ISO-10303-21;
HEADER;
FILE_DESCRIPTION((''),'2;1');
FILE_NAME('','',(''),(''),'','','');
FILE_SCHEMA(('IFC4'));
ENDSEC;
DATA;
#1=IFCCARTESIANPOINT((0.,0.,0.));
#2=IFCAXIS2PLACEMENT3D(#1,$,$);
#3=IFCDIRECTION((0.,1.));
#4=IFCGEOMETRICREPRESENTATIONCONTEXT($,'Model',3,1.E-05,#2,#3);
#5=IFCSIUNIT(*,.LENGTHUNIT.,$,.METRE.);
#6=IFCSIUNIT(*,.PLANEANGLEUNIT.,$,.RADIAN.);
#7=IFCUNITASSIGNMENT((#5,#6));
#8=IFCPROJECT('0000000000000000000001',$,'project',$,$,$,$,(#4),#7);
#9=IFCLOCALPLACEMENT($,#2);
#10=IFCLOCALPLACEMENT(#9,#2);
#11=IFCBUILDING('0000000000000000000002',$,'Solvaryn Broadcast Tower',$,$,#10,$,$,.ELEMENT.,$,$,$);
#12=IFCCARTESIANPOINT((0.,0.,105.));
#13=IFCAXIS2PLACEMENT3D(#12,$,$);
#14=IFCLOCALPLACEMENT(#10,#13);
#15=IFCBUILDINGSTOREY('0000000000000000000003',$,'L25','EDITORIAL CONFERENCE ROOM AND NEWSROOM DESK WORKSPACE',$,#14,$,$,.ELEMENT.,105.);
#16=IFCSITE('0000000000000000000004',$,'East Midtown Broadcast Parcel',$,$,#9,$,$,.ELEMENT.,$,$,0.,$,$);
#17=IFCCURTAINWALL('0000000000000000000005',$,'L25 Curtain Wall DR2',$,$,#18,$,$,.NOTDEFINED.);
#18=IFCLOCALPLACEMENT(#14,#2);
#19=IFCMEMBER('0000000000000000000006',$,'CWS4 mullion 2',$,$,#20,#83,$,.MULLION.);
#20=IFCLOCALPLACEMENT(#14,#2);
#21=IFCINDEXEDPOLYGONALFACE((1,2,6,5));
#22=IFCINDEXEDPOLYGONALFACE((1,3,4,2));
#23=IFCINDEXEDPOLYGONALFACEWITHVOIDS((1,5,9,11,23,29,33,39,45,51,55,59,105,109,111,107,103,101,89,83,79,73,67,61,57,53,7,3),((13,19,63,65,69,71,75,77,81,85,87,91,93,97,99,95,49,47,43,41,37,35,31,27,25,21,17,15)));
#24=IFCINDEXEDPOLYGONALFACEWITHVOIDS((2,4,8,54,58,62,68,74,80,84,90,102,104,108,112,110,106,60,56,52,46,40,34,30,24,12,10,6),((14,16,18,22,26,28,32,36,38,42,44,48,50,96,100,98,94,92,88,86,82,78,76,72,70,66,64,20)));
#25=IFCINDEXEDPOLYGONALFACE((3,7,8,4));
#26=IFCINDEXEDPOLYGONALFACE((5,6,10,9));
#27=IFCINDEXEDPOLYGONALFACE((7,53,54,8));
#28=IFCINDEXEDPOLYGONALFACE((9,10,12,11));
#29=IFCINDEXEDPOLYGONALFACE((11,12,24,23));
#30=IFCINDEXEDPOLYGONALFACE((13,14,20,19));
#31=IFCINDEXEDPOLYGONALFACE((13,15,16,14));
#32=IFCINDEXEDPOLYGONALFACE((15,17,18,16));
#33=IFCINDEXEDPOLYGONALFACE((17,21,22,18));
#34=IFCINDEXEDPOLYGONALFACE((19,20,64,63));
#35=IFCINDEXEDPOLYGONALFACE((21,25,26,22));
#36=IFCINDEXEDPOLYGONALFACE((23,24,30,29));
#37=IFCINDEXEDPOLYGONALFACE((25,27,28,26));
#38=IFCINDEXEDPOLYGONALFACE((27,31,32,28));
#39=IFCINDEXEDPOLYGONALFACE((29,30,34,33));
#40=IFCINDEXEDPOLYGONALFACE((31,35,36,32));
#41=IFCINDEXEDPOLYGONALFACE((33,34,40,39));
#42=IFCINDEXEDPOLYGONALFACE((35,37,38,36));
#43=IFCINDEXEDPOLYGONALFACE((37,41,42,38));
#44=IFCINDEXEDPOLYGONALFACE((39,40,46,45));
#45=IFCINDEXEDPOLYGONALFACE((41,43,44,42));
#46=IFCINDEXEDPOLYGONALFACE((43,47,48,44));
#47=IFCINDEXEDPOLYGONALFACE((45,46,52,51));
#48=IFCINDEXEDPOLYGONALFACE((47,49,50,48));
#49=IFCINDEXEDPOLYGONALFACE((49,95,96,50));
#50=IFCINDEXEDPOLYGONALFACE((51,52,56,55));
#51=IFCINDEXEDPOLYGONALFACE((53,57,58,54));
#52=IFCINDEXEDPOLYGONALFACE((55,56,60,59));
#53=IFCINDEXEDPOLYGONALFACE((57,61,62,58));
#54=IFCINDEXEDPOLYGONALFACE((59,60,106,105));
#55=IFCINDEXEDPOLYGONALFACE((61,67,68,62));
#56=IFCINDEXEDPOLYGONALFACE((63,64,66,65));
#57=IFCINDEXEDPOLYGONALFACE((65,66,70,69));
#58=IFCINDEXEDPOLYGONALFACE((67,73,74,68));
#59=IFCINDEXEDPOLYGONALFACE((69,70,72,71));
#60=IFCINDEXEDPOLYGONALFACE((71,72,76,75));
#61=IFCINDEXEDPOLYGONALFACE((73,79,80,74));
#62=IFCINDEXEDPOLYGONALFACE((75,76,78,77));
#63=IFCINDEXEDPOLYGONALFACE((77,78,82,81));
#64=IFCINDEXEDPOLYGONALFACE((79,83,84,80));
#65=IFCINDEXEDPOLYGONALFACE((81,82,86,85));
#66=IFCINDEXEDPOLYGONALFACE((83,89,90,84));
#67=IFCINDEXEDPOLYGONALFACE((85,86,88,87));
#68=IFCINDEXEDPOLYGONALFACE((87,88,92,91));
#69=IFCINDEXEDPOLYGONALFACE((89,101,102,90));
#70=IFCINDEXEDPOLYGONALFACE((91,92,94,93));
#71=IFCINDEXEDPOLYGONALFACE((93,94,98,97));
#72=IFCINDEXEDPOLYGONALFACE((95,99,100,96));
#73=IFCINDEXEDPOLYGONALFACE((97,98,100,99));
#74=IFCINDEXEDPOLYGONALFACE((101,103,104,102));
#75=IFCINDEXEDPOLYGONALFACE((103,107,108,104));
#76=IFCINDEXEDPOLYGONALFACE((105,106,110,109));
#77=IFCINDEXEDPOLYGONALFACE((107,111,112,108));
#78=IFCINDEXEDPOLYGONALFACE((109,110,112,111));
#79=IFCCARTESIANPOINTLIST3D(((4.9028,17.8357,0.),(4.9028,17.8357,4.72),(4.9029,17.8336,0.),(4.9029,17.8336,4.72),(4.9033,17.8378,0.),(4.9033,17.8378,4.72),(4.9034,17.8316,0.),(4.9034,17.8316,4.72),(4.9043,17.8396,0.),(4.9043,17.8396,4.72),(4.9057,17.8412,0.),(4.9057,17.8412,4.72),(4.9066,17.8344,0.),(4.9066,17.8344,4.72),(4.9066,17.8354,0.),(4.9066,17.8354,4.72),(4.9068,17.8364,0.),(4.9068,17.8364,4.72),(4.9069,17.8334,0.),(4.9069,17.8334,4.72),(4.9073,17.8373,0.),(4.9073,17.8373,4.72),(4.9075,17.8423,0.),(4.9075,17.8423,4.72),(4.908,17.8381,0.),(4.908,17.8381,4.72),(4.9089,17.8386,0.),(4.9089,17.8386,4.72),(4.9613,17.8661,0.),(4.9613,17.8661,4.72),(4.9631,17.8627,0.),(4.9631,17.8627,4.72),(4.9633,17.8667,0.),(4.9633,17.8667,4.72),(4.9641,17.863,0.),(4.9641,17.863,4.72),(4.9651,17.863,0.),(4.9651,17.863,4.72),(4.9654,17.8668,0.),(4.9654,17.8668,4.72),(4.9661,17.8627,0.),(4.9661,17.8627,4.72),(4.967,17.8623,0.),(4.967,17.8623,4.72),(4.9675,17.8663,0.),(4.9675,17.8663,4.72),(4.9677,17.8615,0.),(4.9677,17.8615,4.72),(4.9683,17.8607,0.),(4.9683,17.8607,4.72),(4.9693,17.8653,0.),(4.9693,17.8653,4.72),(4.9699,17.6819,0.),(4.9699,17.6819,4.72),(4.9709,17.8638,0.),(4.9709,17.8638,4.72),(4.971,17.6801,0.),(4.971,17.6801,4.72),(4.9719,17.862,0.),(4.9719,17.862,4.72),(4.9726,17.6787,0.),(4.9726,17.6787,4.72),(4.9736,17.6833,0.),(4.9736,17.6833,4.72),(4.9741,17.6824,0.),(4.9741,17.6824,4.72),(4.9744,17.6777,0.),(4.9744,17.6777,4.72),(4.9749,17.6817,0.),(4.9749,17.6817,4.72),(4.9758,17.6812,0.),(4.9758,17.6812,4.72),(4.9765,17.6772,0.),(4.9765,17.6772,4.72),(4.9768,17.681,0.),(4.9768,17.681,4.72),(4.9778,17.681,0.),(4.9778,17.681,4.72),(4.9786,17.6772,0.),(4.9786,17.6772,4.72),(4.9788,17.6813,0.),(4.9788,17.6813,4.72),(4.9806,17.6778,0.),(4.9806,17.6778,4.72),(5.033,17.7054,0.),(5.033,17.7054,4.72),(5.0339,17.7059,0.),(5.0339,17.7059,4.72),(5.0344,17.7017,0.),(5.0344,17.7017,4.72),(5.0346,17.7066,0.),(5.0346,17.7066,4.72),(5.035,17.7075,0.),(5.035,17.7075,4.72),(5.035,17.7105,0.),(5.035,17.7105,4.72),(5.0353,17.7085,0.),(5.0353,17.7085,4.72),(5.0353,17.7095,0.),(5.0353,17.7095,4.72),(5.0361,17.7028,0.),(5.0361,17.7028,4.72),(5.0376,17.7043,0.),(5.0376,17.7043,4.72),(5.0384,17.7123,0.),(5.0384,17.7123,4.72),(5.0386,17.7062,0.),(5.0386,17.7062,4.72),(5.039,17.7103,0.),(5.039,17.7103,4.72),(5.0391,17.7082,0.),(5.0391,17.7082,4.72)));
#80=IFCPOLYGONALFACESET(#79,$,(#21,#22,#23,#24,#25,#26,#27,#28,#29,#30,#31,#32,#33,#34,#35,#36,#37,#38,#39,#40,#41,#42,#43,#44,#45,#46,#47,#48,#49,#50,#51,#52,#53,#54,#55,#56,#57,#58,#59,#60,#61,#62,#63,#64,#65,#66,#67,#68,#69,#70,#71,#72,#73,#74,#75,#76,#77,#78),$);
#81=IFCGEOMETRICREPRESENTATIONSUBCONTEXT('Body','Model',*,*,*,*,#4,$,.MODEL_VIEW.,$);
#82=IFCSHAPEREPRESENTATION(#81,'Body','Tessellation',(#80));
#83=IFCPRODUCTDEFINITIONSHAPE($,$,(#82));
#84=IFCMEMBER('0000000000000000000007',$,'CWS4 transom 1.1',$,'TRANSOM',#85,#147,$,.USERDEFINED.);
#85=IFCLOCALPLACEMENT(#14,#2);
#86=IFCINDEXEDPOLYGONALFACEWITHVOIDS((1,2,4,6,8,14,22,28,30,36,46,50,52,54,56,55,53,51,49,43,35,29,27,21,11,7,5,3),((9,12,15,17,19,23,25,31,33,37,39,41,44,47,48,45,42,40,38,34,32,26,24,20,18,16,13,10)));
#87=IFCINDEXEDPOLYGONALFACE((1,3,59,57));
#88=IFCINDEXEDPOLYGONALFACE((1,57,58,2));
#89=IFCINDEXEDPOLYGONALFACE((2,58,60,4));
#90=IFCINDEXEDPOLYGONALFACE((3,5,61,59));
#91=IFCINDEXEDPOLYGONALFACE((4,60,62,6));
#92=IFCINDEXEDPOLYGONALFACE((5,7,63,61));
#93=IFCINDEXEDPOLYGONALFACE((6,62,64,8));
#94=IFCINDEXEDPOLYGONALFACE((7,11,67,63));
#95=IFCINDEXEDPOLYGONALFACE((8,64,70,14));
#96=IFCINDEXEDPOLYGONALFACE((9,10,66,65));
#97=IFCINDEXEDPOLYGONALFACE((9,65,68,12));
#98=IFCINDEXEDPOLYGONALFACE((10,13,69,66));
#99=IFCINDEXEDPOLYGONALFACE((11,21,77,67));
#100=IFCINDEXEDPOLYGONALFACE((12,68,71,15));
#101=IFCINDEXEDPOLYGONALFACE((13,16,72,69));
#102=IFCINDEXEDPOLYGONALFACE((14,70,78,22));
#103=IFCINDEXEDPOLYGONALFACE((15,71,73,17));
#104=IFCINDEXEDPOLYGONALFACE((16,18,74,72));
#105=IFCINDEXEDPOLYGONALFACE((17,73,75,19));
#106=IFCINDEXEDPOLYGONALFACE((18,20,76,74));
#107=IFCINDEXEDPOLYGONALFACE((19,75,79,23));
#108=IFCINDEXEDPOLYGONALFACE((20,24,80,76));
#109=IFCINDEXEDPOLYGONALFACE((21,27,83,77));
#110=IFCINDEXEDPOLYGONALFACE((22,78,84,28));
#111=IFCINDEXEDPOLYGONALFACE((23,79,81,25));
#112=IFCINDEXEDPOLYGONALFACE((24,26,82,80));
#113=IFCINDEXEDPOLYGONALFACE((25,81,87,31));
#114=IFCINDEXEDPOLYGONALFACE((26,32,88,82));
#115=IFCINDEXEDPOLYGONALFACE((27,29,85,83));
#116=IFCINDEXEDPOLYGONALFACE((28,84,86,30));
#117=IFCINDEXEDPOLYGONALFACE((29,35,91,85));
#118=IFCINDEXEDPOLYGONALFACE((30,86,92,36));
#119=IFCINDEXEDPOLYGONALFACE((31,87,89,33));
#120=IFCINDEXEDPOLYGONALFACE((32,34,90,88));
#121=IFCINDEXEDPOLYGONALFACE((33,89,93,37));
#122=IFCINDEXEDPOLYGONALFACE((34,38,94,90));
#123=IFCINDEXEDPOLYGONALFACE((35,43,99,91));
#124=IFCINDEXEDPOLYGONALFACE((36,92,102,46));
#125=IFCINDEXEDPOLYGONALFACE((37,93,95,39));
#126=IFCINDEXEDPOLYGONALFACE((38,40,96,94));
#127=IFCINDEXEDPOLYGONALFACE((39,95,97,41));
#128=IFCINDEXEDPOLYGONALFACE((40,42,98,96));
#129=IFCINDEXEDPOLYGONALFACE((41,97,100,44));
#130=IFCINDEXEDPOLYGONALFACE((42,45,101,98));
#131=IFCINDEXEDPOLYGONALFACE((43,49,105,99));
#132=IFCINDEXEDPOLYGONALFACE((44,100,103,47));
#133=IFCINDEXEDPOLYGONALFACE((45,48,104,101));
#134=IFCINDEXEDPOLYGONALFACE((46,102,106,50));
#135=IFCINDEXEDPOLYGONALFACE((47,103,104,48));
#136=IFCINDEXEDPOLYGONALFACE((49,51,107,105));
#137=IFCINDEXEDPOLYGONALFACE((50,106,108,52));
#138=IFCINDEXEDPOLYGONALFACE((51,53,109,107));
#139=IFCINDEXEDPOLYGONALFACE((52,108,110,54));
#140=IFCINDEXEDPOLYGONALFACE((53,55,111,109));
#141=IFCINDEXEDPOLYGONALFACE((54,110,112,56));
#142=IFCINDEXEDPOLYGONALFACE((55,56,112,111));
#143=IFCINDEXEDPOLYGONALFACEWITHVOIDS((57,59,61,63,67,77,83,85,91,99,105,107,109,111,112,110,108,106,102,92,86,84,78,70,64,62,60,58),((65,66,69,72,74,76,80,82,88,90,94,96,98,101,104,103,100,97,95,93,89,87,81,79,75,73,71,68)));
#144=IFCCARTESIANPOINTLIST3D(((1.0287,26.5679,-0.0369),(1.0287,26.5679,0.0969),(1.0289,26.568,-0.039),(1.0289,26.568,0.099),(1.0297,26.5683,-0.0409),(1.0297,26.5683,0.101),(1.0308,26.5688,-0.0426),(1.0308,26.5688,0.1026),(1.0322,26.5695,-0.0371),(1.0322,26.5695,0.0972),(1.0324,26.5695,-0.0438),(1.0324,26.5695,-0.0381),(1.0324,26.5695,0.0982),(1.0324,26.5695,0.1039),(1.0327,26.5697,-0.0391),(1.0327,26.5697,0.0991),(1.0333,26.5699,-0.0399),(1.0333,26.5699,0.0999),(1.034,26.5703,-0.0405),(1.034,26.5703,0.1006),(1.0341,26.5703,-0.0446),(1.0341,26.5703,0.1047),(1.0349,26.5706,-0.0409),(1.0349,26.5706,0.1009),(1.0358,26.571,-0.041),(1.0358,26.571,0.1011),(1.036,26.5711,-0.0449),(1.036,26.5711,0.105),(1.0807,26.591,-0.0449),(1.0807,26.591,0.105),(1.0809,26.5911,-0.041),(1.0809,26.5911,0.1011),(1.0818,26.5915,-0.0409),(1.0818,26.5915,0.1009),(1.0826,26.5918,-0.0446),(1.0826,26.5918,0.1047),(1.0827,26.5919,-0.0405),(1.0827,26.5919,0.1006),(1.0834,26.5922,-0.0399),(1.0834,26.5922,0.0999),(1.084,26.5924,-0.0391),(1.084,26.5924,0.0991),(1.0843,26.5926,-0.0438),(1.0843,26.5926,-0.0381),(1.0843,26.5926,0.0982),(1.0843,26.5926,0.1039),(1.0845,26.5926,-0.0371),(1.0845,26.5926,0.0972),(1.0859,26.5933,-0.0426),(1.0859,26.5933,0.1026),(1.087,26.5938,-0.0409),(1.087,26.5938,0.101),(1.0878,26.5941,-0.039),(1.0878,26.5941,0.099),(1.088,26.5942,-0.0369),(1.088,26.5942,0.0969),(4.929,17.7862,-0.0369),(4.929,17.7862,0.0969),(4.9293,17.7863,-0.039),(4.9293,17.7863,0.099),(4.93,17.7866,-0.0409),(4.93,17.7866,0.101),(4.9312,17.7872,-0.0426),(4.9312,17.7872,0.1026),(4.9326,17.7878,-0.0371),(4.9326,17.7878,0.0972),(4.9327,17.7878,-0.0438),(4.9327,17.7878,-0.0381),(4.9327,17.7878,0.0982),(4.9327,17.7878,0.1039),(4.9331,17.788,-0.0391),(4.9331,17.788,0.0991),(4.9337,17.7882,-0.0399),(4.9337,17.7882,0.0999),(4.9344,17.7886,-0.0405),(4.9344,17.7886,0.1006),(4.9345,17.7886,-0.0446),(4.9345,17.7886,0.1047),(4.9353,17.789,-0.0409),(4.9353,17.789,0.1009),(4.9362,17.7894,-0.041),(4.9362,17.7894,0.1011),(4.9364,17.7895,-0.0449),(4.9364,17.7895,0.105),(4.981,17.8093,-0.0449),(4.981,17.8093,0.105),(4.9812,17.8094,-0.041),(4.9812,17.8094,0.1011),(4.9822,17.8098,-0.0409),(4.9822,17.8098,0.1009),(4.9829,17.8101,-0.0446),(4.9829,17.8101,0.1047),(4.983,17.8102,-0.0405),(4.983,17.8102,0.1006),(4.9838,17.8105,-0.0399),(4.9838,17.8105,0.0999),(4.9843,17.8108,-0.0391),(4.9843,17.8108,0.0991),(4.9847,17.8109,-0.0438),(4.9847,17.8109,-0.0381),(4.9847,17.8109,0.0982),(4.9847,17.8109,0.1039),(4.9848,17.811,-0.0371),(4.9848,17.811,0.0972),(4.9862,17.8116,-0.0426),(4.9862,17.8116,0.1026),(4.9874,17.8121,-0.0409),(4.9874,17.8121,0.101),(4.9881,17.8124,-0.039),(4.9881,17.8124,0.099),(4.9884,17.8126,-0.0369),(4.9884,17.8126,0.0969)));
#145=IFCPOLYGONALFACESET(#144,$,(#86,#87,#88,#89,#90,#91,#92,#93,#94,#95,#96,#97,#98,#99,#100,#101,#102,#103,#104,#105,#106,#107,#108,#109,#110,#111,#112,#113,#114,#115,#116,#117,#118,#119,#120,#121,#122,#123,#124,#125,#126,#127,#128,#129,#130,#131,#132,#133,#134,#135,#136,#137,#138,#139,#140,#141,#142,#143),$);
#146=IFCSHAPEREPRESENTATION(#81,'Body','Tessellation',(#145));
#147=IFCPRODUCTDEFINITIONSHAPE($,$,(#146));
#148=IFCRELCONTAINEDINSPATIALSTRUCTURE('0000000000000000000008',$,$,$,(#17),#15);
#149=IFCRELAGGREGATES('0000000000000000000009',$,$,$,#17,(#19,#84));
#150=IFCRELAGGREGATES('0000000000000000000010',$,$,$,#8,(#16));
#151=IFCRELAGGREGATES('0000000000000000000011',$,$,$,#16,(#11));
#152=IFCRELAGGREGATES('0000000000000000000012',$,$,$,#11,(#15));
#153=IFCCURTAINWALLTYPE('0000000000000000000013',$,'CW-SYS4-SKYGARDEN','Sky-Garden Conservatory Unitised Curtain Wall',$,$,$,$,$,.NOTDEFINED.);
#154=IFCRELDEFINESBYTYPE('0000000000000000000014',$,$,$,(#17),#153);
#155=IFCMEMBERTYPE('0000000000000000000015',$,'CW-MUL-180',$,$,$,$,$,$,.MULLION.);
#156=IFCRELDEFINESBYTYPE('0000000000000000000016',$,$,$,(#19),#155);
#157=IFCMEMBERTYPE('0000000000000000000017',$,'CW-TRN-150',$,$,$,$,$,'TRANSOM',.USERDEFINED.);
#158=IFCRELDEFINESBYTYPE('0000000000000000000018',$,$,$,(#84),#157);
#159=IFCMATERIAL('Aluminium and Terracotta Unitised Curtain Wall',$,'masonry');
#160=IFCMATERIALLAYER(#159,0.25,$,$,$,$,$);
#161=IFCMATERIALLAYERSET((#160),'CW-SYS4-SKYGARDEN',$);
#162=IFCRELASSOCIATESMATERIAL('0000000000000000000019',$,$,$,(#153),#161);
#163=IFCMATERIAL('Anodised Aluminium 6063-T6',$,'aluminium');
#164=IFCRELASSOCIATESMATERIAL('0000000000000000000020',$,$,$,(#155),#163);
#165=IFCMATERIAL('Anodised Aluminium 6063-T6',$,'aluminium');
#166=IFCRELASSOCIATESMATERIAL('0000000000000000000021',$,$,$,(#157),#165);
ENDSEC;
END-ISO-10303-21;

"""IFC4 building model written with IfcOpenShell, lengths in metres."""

from ifc_helpers import new_model, si_unit, direction, frame, origin, origin_2d, place, context, subcontext, project, spatial, hollow_rectangle, extrude, material, layer, layer_set, material_profile, profile_set, type_object, element, aggregate, save


model = new_model("IFC4")

# Units and contexts
model_context = context("Model", 3, precision=1e-05, world=origin(), true_north=direction((0.0, 1.0)))
body_context = subcontext(model_context, "Body", "Model", "MODEL_VIEW")
ifc_project = project(units=[si_unit("LENGTHUNIT", "METRE"), si_unit("PLANEANGLEUNIT", "RADIAN")], contexts=[model_context])

# Site, building, storey
site_placement = place(None, origin())
site = spatial("IfcSite", under=ifc_project, at=site_placement, Name="East Midtown Broadcast Parcel", CompositionType="ELEMENT", RefElevation=0.0)
building_placement = place(site_placement, origin())
building = spatial("IfcBuilding", under=site, at=building_placement, Name="Solvaryn Broadcast Tower", CompositionType="ELEMENT")
storey_placement = place(building_placement, frame((0.0, 0.0, 105.0)))
storey = spatial("IfcBuildingStorey", under=building, at=storey_placement, Name="L25", Description="EDITORIAL CONFERENCE ROOM AND NEWSROOM DESK WORKSPACE", CompositionType="ELEMENT", Elevation=105.0)

# Shared definitions
ifc_material_1 = material(Name="Aluminium and Terracotta Unitised Curtain Wall", Category="masonry")
ifc_layer_1 = layer(ifc_material_1, 0.25)
ifc_layer_set_1 = layer_set([ifc_layer_1], Name="CW-SYS4-SKYGARDEN")
curtain_wall_type = type_object("IfcCurtainWallType", Name="CW-SYS4-SKYGARDEN", Description="Sky-Garden Conservatory Unitised Curtain Wall", PredefinedType="NOTDEFINED", material=ifc_layer_set_1)
ifc_material_2 = material(Name="Anodised Aluminium 6063-T6", Category="aluminium")
ifc_material_profile_1 = material_profile(ifc_material_2, hollow_rectangle(XDim=0.075, YDim=0.1799, WallThickness=0.0039, InnerFilletRadius=0.0039, OuterFilletRadius=0.0081, at=origin_2d()))
ifc_profile_set_1 = profile_set([ifc_material_profile_1], Name="Anodised Aluminium 6063-T6")
member_type_1 = type_object("IfcMemberType", Name="CW-MUL-180", PredefinedType="MULLION", material=ifc_profile_set_1)

# Curtain wall, members
curtain_wall_1_placement = place(storey_placement, origin())
curtain_wall_1 = element("IfcCurtainWall", 1, at=curtain_wall_1_placement, inside=storey, type_object=curtain_wall_type, Name="L25 Curtain Wall DR2", PredefinedType="NOTDEFINED")
member_1_placement = place(storey_placement, frame((4.9709, 17.772, 0.0), z_axis=(0.0, 0.0, 1.0), x_axis=(0.913909, 0.405918, 0.0)))
member_1 = element("IfcMember", 2, at=member_1_placement, type_object=member_type_1, Name="CWS4 mullion 2", PredefinedType="MULLION", context=body_context, shape_type="SweptSolid", body=[
    extrude(hollow_rectangle(XDim=0.075, YDim=0.1799, WallThickness=0.0039, InnerFilletRadius=0.0039, OuterFilletRadius=0.0081, at=origin_2d()), origin(), (0.0, 0.0, 1.0), 4.72),
])
ifc_material_3 = material(Name="Anodised Aluminium 6063-T6", Category="aluminium")
ifc_material_profile_2 = material_profile(ifc_material_3, hollow_rectangle(XDim=0.0649, YDim=0.1499, WallThickness=0.0039, InnerFilletRadius=0.0039, OuterFilletRadius=0.0081, at=origin_2d()))
ifc_profile_set_2 = profile_set([ifc_material_profile_2], Name="Anodised Aluminium 6063-T6")
member_type_2 = type_object("IfcMemberType", Name="CW-TRN-150", ElementType="TRANSOM", PredefinedType="USERDEFINED", material=ifc_profile_set_2)
member_2_placement = place(storey_placement, frame((1.0583, 26.5811, 0.03), z_axis=(0.405912, -0.913912, 0.0), x_axis=(0.913912, 0.405912, 0.0)))
member_2 = element("IfcMember", 3, at=member_2_placement, type_object=member_type_2, Name="CWS4 transom 1.1", ObjectType="TRANSOM", PredefinedType="USERDEFINED", context=body_context, shape_type="SweptSolid", body=[
    extrude(hollow_rectangle(XDim=0.0649, YDim=0.1499, WallThickness=0.0039, InnerFilletRadius=0.0039, OuterFilletRadius=0.0081, at=origin_2d()), origin(), (0.0, 0.0, 1.0), 9.6089),
])
aggregate(curtain_wall_1, [member_1, member_2])

save(model, "model.ifc")
